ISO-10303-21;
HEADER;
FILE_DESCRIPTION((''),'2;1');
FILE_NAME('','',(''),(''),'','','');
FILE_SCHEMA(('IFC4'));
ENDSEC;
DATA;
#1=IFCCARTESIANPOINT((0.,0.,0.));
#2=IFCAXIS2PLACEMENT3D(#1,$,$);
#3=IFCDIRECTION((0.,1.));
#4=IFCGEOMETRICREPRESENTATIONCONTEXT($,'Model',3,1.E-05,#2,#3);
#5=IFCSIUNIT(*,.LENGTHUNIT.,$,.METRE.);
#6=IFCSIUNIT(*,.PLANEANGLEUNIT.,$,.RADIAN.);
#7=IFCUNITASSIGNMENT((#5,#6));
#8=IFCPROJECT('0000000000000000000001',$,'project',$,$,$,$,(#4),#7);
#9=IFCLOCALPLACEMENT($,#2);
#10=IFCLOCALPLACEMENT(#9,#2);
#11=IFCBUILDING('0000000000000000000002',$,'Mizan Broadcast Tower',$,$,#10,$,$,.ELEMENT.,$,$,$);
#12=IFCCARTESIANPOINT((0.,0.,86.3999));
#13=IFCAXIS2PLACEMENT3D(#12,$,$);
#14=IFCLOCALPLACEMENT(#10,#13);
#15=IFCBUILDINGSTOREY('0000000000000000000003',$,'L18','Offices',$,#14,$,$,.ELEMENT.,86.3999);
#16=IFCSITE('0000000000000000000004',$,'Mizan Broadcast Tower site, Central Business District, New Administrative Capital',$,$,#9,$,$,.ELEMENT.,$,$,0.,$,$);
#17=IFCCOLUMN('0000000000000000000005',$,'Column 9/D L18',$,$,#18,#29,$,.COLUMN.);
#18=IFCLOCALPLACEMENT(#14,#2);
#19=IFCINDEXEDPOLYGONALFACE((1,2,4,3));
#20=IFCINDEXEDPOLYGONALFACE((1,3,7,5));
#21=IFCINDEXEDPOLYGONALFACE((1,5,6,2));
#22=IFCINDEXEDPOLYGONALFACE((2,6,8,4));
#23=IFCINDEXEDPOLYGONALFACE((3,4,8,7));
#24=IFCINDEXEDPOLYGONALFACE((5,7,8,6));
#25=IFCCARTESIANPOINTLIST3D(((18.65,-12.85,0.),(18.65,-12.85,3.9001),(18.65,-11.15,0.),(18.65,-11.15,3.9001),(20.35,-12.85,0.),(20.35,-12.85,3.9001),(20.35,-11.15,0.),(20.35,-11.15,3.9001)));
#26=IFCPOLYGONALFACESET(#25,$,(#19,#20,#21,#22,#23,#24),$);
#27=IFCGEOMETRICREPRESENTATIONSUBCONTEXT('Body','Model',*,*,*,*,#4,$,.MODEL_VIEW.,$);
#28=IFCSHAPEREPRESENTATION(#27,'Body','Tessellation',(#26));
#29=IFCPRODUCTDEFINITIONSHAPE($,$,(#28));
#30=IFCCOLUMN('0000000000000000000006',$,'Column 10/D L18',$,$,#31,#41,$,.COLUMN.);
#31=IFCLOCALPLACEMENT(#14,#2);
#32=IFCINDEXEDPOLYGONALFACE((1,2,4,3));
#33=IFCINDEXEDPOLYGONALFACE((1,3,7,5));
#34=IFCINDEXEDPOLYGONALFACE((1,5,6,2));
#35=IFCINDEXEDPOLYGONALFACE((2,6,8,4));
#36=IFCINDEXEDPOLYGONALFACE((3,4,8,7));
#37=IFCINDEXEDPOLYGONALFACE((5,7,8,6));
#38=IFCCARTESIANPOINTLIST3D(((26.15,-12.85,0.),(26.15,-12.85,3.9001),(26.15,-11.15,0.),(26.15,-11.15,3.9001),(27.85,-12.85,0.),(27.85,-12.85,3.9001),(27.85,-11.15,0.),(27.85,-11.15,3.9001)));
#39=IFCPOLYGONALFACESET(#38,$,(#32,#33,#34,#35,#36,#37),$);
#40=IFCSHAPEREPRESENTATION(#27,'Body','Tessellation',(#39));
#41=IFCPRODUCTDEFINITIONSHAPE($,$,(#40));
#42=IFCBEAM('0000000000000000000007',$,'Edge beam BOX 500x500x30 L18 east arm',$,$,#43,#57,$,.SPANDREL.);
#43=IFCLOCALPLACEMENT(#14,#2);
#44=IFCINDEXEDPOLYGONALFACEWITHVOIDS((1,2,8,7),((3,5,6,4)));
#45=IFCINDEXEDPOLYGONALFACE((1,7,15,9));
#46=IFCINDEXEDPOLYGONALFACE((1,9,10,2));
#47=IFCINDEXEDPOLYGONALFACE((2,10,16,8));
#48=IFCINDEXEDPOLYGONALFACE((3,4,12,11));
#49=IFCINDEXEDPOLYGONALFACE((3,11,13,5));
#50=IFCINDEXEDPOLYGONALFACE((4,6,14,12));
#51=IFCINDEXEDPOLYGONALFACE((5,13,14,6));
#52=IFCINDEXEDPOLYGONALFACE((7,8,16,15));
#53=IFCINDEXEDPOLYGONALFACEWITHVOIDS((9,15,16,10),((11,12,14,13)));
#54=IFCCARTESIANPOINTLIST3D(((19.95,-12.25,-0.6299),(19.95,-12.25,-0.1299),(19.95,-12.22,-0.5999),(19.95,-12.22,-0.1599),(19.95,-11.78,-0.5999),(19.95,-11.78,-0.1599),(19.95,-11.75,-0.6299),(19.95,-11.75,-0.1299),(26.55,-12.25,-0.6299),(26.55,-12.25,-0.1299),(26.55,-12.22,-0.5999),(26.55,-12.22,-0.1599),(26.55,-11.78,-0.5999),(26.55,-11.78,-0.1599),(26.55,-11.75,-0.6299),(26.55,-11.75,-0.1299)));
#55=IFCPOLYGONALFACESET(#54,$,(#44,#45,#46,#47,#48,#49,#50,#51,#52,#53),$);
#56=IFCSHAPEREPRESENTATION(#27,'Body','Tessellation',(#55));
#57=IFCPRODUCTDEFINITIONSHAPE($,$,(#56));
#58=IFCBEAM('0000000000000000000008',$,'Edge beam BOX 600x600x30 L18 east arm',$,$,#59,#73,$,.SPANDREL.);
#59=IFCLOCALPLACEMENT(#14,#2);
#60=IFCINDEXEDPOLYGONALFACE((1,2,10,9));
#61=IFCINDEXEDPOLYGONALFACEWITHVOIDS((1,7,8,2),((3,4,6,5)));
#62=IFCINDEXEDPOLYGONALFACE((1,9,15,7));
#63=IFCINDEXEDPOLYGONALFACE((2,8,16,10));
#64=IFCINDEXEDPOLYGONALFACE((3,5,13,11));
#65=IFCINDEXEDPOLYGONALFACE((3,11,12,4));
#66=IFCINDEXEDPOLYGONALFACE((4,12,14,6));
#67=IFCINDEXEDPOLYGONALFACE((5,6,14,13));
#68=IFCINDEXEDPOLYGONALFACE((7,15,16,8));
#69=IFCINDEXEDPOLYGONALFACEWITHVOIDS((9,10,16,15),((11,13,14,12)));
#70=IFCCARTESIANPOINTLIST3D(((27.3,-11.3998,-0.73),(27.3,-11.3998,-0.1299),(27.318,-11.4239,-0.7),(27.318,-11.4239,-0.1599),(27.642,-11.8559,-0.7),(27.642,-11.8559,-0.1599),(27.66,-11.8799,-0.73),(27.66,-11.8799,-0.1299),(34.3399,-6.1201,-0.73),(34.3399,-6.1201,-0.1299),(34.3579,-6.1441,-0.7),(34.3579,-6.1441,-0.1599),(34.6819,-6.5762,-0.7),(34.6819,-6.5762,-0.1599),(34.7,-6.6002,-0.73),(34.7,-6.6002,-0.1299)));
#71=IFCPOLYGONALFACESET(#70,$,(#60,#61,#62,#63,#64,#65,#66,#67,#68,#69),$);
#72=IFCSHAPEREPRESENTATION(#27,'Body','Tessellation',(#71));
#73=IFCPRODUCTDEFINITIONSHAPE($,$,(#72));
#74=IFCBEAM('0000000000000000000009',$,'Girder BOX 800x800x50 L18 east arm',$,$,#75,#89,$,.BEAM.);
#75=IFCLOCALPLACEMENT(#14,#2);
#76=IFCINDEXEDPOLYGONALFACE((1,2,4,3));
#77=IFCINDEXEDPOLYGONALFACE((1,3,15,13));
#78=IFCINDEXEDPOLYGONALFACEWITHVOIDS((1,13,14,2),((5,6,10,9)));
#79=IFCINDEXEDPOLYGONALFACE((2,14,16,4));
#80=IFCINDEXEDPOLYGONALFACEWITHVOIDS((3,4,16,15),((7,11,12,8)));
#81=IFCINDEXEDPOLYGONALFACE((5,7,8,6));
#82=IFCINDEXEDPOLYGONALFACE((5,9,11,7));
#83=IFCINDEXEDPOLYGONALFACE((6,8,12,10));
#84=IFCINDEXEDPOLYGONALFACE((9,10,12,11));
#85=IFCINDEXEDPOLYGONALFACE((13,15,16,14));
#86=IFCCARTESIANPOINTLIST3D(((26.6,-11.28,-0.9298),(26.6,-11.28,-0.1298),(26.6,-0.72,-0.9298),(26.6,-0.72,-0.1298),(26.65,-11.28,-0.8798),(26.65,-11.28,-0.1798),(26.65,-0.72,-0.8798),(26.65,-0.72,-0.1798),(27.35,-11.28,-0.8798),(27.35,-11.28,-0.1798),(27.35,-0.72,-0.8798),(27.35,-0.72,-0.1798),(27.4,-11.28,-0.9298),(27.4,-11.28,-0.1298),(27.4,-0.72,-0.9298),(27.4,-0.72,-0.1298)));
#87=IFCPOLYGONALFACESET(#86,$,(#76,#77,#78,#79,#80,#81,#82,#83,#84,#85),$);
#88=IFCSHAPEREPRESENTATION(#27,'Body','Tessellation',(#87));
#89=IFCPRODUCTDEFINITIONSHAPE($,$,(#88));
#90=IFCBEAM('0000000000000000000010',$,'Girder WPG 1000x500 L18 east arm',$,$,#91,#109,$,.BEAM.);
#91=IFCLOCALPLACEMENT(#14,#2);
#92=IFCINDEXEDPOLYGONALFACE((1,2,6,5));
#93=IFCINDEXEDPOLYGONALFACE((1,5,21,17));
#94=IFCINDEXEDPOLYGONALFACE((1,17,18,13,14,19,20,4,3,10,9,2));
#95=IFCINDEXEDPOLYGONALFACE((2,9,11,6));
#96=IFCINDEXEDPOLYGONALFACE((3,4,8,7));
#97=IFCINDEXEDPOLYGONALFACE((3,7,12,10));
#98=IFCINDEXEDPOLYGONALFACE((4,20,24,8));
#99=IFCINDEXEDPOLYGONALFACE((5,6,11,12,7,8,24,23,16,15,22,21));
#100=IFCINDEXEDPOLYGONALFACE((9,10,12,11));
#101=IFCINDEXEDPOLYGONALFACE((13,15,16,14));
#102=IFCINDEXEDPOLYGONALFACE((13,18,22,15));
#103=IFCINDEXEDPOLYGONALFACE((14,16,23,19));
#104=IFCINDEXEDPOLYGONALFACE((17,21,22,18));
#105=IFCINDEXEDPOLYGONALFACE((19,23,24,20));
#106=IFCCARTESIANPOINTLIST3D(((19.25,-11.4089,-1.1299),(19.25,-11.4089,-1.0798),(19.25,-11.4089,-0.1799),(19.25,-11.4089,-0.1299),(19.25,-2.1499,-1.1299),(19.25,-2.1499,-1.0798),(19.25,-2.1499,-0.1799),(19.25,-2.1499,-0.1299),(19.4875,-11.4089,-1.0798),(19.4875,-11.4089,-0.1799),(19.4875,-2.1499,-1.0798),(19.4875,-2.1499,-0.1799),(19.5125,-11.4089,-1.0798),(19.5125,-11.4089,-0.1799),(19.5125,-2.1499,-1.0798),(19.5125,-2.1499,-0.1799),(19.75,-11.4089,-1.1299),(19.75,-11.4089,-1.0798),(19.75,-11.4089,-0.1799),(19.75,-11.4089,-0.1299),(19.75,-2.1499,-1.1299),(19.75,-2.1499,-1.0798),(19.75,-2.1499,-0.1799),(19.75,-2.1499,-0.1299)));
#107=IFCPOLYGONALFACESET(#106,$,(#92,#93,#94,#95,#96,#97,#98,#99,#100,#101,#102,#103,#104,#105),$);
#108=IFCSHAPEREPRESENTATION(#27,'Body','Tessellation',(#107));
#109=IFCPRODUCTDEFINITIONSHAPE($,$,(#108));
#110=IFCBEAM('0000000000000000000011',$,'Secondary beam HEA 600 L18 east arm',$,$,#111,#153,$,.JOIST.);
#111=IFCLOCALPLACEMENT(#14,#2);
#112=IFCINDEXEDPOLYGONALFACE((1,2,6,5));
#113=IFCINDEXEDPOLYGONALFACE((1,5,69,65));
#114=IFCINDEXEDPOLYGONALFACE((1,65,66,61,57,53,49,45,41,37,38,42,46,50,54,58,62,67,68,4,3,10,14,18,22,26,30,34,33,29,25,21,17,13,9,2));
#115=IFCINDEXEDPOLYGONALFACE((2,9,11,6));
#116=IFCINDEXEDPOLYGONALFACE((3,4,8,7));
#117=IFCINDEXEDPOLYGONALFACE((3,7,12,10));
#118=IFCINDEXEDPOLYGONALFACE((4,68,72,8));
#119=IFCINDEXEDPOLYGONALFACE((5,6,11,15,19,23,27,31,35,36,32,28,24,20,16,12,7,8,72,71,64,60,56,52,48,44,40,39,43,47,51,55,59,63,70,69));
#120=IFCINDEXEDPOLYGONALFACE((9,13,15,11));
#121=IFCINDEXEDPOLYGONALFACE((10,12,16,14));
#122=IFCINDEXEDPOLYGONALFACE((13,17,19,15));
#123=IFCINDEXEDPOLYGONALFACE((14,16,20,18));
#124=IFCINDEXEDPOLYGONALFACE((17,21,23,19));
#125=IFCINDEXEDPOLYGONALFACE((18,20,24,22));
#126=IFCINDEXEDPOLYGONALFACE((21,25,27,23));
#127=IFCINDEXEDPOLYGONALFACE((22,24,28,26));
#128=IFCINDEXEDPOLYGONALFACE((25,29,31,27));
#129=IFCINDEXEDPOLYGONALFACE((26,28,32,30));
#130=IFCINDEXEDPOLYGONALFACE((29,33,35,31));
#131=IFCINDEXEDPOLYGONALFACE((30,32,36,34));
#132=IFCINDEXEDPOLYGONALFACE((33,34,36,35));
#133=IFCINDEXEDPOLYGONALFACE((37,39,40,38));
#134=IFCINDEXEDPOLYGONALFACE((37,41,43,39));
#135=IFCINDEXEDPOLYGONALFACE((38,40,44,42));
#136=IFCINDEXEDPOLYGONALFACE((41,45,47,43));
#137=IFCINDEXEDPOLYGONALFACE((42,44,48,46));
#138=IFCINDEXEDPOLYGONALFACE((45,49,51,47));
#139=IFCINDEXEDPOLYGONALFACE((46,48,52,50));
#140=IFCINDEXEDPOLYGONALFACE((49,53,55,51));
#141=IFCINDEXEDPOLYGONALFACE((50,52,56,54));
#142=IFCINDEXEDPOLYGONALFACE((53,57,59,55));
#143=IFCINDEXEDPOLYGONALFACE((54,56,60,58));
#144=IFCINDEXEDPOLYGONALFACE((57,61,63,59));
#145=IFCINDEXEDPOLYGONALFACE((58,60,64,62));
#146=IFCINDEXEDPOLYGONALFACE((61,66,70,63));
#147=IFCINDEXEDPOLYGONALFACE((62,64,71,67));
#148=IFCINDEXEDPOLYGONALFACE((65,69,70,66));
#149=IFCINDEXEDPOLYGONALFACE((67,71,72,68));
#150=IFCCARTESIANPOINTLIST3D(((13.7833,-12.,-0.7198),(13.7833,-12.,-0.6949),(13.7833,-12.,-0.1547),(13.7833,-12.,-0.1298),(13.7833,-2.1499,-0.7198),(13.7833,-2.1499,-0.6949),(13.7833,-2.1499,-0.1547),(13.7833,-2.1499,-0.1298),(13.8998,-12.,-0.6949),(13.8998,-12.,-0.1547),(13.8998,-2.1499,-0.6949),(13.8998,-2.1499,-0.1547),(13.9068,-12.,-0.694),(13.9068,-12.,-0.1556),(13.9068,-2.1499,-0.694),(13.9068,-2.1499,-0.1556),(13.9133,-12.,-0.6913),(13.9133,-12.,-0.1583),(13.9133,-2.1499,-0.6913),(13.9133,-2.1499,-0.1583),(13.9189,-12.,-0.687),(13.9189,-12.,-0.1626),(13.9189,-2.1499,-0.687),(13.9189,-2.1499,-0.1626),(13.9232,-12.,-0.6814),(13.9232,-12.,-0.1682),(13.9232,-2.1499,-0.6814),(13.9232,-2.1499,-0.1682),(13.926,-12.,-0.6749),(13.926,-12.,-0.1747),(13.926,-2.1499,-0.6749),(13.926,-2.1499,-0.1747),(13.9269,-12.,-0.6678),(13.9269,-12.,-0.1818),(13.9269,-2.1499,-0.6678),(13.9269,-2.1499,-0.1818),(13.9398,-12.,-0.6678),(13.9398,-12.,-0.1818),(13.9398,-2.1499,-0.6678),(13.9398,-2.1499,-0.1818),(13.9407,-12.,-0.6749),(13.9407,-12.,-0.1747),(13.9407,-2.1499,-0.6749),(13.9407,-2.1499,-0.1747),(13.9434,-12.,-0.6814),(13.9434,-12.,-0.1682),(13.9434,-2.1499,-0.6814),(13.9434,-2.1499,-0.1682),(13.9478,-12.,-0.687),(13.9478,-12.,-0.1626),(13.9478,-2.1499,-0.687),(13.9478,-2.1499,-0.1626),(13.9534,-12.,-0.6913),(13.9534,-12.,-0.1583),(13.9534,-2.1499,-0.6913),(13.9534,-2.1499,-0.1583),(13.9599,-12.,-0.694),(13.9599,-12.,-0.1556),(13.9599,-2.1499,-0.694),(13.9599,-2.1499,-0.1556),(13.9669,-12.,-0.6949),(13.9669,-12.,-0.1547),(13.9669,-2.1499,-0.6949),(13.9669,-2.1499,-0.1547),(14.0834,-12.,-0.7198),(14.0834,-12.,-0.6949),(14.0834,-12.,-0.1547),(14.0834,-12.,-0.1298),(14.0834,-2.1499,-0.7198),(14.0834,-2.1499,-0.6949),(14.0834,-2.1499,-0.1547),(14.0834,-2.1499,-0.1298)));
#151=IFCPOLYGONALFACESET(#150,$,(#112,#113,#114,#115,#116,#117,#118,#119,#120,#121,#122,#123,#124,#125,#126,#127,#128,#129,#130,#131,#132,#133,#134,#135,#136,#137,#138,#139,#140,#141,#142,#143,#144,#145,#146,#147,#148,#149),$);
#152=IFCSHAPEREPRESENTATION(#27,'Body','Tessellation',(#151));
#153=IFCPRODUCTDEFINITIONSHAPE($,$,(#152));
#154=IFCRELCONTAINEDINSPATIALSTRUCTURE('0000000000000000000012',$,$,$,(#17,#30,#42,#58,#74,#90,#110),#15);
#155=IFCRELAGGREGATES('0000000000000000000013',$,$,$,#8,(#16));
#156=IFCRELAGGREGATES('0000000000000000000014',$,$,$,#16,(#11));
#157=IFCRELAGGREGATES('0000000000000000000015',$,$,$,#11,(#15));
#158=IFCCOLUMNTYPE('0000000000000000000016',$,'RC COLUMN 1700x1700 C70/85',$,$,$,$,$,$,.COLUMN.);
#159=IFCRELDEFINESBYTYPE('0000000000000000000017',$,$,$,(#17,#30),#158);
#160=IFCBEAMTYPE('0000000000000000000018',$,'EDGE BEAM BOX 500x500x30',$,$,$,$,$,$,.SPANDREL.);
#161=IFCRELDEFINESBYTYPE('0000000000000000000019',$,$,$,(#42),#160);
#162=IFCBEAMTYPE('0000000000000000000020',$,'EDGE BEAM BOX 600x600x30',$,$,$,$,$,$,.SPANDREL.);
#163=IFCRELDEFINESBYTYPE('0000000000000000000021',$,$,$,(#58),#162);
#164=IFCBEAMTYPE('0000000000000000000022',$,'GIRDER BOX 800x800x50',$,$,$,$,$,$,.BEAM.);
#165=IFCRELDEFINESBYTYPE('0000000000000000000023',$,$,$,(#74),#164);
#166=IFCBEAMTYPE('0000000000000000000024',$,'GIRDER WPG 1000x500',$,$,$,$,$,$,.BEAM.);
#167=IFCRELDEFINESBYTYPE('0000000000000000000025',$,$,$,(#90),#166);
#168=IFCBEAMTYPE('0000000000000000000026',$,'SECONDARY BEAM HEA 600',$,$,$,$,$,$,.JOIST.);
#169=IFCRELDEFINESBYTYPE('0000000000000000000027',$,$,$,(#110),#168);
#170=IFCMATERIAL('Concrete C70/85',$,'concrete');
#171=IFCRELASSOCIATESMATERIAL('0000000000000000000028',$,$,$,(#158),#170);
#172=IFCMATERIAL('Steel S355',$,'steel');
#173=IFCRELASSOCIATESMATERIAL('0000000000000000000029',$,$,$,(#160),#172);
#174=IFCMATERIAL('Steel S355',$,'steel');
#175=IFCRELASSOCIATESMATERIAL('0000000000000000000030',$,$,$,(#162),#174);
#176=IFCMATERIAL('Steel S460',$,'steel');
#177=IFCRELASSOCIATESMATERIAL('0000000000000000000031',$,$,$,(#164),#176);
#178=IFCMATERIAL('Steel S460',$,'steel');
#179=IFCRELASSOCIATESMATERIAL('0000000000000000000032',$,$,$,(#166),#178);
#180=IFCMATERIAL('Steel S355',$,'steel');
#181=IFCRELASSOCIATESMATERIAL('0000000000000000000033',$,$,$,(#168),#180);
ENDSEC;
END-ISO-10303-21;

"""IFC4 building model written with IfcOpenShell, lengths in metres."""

from ifc_helpers import new_model, si_unit, direction, frame, origin, origin_2d, place, context, subcontext, project, spatial, rectangle, hollow_rectangle, i_section, extrude, material, material_profile, profile_set, type_object, element, save


model = new_model("IFC4")

# Units and contexts
model_context = context("Model", 3, precision=1e-05, world=origin(), true_north=direction((0.0, 1.0)))
body_context = subcontext(model_context, "Body", "Model", "MODEL_VIEW")
ifc_project = project(units=[si_unit("LENGTHUNIT", "METRE"), si_unit("PLANEANGLEUNIT", "RADIAN")], contexts=[model_context])

# Site, building, storey
site_placement = place(None, origin())
site = spatial("IfcSite", under=ifc_project, at=site_placement, Name="Mizan Broadcast Tower site, Central Business District, New Administrative Capital", CompositionType="ELEMENT", RefElevation=0.0)
building_placement = place(site_placement, origin())
building = spatial("IfcBuilding", under=site, at=building_placement, Name="Mizan Broadcast Tower", CompositionType="ELEMENT")
storey_placement = place(building_placement, frame((0.0, 0.0, 86.3999)))
storey = spatial("IfcBuildingStorey", under=building, at=storey_placement, Name="L18", Description="Offices", CompositionType="ELEMENT", Elevation=86.3999)

# Columns
ifc_material_1 = material(Name="Concrete C70/85", Category="concrete")
ifc_material_profile_1 = material_profile(ifc_material_1, rectangle(XDim=1.7, YDim=1.7, at=origin_2d()), Name="RC 1700x1700")
ifc_profile_set_1 = profile_set([ifc_material_profile_1], Name="Concrete C70/85")
column_type = type_object("IfcColumnType", Name="RC COLUMN 1700x1700 C70/85", PredefinedType="COLUMN", material=ifc_profile_set_1)
for number, where, z_axis, x_axis, name in (
    (1, (19.5, -12.0, 0.0), (0.0, 0.0, 1.0), (1.0, 0.0, 0.0), "Column 9/D L18"),
    (2, (27.0, -12.0, 0.0), (0.0, 0.0, 1.0), (1.0, 0.0, 0.0), "Column 10/D L18"),
):
    element("IfcColumn", number, at=place(storey_placement, frame(where, z_axis=z_axis, x_axis=x_axis)), inside=storey, type_object=column_type, Name=name, PredefinedType="COLUMN", context=body_context, shape_type="SweptSolid", body=[
        extrude(rectangle(XDim=1.7, YDim=1.7, at=origin_2d()), origin(), (0.0, 0.0, 1.0), 3.9001),
    ])

# Beams
ifc_material_2 = material(Name="Steel S355", Category="steel")
ifc_material_profile_2 = material_profile(ifc_material_2, hollow_rectangle(XDim=0.5, YDim=0.5, WallThickness=0.03, at=origin_2d()), Name="BOX 500x500x30")
ifc_profile_set_2 = profile_set([ifc_material_profile_2], Name="Steel S355")
beam_type_1 = type_object("IfcBeamType", Name="EDGE BEAM BOX 500x500x30", PredefinedType="SPANDREL", material=ifc_profile_set_2)
beam_1_placement = place(storey_placement, frame((19.95, -12.0, -0.3799), z_axis=(1.0, 0.0, 0.0), x_axis=(0.0, 1.0, 0.0)))
element("IfcBeam", 3, at=beam_1_placement, inside=storey, type_object=beam_type_1, Name="Edge beam BOX 500x500x30 L18 east arm", PredefinedType="SPANDREL", context=body_context, shape_type="SweptSolid", body=[
    extrude(hollow_rectangle(XDim=0.5, YDim=0.5, WallThickness=0.03, at=origin_2d()), origin(), (0.0, 0.0, 1.0), 6.6001),
])
ifc_material_3 = material(Name="Steel S355", Category="steel")
ifc_material_profile_3 = material_profile(ifc_material_3, hollow_rectangle(XDim=0.6001, YDim=0.6001, WallThickness=0.03, at=origin_2d()), Name="BOX 600x600x30")
ifc_profile_set_3 = profile_set([ifc_material_profile_3], Name="Steel S355")
beam_type_2 = type_object("IfcBeamType", Name="EDGE BEAM BOX 600x600x30", PredefinedType="SPANDREL", material=ifc_profile_set_3)
beam_2_placement = place(storey_placement, frame((27.48, -11.6399, -0.4299), z_axis=(0.800013, 0.599982, 0.0), x_axis=(-0.599982, 0.800013, 0.0)))
element("IfcBeam", 4, at=beam_2_placement, inside=storey, type_object=beam_type_2, Name="Edge beam BOX 600x600x30 L18 east arm", PredefinedType="SPANDREL", context=body_context, shape_type="SweptSolid", body=[
    extrude(hollow_rectangle(XDim=0.6001, YDim=0.6001, WallThickness=0.03, at=origin_2d()), origin(), (0.0, 0.0, 1.0), 8.7998),
])
ifc_material_4 = material(Name="Steel S460", Category="steel")
ifc_material_profile_4 = material_profile(ifc_material_4, hollow_rectangle(XDim=0.8, YDim=0.8, WallThickness=0.05, at=origin_2d()), Name="BOX 800x800x50")
ifc_profile_set_4 = profile_set([ifc_material_profile_4], Name="Steel S460")
beam_type_3 = type_object("IfcBeamType", Name="GIRDER BOX 800x800x50", PredefinedType="BEAM", material=ifc_profile_set_4)
beam_3_placement = place(storey_placement, frame((27.0, -11.28, -0.5298), z_axis=(0.0, 1.0, 0.0), x_axis=(-1.0, 0.0, 0.0)))
element("IfcBeam", 5, at=beam_3_placement, inside=storey, type_object=beam_type_3, Name="Girder BOX 800x800x50 L18 east arm", PredefinedType="BEAM", context=body_context, shape_type="SweptSolid", body=[
    extrude(hollow_rectangle(XDim=0.8, YDim=0.8, WallThickness=0.05, at=origin_2d()), origin(), (0.0, 0.0, 1.0), 10.5601),
])
ifc_material_5 = material(Name="Steel S460", Category="steel")
ifc_material_profile_5 = material_profile(ifc_material_5, i_section(OverallWidth=0.5, OverallDepth=1.0, WebThickness=0.0249, FlangeThickness=0.05, at=origin_2d()), Name="WPG 1000x500")
ifc_profile_set_5 = profile_set([ifc_material_profile_5], Name="Steel S460")
beam_type_4 = type_object("IfcBeamType", Name="GIRDER WPG 1000x500", PredefinedType="BEAM", material=ifc_profile_set_5)
beam_4_placement = place(storey_placement, frame((19.5, -11.4089, -0.6299), z_axis=(0.0, 1.0, 0.0), x_axis=(-1.0, 0.0, 0.0)))
element("IfcBeam", 6, at=beam_4_placement, inside=storey, type_object=beam_type_4, Name="Girder WPG 1000x500 L18 east arm", PredefinedType="BEAM", context=body_context, shape_type="SweptSolid", body=[
    extrude(i_section(OverallWidth=0.5, OverallDepth=1.0, WebThickness=0.0249, FlangeThickness=0.05, at=origin_2d()), origin(), (0.0, 0.0, 1.0), 9.259),
])
ifc_material_6 = material(Name="Steel S355", Category="steel")
ifc_material_profile_6 = material_profile(ifc_material_6, i_section(OverallWidth=0.3, OverallDepth=0.5901, WebThickness=0.0129, FlangeThickness=0.0249, FilletRadius=0.0271, at=origin_2d()), Name="HEA 600")
ifc_profile_set_6 = profile_set([ifc_material_profile_6], Name="Steel S355")
beam_type_5 = type_object("IfcBeamType", Name="SECONDARY BEAM HEA 600", PredefinedType="JOIST", material=ifc_profile_set_6)
for number, where, z_axis, x_axis, name in (
    (7, (13.9333, -12.0, -0.4248), (0.0, 1.0, 0.0), (-1.0, 0.0, 0.0), "Secondary beam HEA 600 L18 east arm"),
):
    element("IfcBeam", number, at=place(storey_placement, frame(where, z_axis=z_axis, x_axis=x_axis)), inside=storey, type_object=beam_type_5, Name=name, PredefinedType="JOIST", context=body_context, shape_type="SweptSolid", body=[
        extrude(i_section(OverallWidth=0.3, OverallDepth=0.5901, WebThickness=0.0129, FlangeThickness=0.0249, FilletRadius=0.0271, at=origin_2d()), origin(), (0.0, 0.0, 1.0), 9.8501),
    ])

save(model, "model.ifc")
